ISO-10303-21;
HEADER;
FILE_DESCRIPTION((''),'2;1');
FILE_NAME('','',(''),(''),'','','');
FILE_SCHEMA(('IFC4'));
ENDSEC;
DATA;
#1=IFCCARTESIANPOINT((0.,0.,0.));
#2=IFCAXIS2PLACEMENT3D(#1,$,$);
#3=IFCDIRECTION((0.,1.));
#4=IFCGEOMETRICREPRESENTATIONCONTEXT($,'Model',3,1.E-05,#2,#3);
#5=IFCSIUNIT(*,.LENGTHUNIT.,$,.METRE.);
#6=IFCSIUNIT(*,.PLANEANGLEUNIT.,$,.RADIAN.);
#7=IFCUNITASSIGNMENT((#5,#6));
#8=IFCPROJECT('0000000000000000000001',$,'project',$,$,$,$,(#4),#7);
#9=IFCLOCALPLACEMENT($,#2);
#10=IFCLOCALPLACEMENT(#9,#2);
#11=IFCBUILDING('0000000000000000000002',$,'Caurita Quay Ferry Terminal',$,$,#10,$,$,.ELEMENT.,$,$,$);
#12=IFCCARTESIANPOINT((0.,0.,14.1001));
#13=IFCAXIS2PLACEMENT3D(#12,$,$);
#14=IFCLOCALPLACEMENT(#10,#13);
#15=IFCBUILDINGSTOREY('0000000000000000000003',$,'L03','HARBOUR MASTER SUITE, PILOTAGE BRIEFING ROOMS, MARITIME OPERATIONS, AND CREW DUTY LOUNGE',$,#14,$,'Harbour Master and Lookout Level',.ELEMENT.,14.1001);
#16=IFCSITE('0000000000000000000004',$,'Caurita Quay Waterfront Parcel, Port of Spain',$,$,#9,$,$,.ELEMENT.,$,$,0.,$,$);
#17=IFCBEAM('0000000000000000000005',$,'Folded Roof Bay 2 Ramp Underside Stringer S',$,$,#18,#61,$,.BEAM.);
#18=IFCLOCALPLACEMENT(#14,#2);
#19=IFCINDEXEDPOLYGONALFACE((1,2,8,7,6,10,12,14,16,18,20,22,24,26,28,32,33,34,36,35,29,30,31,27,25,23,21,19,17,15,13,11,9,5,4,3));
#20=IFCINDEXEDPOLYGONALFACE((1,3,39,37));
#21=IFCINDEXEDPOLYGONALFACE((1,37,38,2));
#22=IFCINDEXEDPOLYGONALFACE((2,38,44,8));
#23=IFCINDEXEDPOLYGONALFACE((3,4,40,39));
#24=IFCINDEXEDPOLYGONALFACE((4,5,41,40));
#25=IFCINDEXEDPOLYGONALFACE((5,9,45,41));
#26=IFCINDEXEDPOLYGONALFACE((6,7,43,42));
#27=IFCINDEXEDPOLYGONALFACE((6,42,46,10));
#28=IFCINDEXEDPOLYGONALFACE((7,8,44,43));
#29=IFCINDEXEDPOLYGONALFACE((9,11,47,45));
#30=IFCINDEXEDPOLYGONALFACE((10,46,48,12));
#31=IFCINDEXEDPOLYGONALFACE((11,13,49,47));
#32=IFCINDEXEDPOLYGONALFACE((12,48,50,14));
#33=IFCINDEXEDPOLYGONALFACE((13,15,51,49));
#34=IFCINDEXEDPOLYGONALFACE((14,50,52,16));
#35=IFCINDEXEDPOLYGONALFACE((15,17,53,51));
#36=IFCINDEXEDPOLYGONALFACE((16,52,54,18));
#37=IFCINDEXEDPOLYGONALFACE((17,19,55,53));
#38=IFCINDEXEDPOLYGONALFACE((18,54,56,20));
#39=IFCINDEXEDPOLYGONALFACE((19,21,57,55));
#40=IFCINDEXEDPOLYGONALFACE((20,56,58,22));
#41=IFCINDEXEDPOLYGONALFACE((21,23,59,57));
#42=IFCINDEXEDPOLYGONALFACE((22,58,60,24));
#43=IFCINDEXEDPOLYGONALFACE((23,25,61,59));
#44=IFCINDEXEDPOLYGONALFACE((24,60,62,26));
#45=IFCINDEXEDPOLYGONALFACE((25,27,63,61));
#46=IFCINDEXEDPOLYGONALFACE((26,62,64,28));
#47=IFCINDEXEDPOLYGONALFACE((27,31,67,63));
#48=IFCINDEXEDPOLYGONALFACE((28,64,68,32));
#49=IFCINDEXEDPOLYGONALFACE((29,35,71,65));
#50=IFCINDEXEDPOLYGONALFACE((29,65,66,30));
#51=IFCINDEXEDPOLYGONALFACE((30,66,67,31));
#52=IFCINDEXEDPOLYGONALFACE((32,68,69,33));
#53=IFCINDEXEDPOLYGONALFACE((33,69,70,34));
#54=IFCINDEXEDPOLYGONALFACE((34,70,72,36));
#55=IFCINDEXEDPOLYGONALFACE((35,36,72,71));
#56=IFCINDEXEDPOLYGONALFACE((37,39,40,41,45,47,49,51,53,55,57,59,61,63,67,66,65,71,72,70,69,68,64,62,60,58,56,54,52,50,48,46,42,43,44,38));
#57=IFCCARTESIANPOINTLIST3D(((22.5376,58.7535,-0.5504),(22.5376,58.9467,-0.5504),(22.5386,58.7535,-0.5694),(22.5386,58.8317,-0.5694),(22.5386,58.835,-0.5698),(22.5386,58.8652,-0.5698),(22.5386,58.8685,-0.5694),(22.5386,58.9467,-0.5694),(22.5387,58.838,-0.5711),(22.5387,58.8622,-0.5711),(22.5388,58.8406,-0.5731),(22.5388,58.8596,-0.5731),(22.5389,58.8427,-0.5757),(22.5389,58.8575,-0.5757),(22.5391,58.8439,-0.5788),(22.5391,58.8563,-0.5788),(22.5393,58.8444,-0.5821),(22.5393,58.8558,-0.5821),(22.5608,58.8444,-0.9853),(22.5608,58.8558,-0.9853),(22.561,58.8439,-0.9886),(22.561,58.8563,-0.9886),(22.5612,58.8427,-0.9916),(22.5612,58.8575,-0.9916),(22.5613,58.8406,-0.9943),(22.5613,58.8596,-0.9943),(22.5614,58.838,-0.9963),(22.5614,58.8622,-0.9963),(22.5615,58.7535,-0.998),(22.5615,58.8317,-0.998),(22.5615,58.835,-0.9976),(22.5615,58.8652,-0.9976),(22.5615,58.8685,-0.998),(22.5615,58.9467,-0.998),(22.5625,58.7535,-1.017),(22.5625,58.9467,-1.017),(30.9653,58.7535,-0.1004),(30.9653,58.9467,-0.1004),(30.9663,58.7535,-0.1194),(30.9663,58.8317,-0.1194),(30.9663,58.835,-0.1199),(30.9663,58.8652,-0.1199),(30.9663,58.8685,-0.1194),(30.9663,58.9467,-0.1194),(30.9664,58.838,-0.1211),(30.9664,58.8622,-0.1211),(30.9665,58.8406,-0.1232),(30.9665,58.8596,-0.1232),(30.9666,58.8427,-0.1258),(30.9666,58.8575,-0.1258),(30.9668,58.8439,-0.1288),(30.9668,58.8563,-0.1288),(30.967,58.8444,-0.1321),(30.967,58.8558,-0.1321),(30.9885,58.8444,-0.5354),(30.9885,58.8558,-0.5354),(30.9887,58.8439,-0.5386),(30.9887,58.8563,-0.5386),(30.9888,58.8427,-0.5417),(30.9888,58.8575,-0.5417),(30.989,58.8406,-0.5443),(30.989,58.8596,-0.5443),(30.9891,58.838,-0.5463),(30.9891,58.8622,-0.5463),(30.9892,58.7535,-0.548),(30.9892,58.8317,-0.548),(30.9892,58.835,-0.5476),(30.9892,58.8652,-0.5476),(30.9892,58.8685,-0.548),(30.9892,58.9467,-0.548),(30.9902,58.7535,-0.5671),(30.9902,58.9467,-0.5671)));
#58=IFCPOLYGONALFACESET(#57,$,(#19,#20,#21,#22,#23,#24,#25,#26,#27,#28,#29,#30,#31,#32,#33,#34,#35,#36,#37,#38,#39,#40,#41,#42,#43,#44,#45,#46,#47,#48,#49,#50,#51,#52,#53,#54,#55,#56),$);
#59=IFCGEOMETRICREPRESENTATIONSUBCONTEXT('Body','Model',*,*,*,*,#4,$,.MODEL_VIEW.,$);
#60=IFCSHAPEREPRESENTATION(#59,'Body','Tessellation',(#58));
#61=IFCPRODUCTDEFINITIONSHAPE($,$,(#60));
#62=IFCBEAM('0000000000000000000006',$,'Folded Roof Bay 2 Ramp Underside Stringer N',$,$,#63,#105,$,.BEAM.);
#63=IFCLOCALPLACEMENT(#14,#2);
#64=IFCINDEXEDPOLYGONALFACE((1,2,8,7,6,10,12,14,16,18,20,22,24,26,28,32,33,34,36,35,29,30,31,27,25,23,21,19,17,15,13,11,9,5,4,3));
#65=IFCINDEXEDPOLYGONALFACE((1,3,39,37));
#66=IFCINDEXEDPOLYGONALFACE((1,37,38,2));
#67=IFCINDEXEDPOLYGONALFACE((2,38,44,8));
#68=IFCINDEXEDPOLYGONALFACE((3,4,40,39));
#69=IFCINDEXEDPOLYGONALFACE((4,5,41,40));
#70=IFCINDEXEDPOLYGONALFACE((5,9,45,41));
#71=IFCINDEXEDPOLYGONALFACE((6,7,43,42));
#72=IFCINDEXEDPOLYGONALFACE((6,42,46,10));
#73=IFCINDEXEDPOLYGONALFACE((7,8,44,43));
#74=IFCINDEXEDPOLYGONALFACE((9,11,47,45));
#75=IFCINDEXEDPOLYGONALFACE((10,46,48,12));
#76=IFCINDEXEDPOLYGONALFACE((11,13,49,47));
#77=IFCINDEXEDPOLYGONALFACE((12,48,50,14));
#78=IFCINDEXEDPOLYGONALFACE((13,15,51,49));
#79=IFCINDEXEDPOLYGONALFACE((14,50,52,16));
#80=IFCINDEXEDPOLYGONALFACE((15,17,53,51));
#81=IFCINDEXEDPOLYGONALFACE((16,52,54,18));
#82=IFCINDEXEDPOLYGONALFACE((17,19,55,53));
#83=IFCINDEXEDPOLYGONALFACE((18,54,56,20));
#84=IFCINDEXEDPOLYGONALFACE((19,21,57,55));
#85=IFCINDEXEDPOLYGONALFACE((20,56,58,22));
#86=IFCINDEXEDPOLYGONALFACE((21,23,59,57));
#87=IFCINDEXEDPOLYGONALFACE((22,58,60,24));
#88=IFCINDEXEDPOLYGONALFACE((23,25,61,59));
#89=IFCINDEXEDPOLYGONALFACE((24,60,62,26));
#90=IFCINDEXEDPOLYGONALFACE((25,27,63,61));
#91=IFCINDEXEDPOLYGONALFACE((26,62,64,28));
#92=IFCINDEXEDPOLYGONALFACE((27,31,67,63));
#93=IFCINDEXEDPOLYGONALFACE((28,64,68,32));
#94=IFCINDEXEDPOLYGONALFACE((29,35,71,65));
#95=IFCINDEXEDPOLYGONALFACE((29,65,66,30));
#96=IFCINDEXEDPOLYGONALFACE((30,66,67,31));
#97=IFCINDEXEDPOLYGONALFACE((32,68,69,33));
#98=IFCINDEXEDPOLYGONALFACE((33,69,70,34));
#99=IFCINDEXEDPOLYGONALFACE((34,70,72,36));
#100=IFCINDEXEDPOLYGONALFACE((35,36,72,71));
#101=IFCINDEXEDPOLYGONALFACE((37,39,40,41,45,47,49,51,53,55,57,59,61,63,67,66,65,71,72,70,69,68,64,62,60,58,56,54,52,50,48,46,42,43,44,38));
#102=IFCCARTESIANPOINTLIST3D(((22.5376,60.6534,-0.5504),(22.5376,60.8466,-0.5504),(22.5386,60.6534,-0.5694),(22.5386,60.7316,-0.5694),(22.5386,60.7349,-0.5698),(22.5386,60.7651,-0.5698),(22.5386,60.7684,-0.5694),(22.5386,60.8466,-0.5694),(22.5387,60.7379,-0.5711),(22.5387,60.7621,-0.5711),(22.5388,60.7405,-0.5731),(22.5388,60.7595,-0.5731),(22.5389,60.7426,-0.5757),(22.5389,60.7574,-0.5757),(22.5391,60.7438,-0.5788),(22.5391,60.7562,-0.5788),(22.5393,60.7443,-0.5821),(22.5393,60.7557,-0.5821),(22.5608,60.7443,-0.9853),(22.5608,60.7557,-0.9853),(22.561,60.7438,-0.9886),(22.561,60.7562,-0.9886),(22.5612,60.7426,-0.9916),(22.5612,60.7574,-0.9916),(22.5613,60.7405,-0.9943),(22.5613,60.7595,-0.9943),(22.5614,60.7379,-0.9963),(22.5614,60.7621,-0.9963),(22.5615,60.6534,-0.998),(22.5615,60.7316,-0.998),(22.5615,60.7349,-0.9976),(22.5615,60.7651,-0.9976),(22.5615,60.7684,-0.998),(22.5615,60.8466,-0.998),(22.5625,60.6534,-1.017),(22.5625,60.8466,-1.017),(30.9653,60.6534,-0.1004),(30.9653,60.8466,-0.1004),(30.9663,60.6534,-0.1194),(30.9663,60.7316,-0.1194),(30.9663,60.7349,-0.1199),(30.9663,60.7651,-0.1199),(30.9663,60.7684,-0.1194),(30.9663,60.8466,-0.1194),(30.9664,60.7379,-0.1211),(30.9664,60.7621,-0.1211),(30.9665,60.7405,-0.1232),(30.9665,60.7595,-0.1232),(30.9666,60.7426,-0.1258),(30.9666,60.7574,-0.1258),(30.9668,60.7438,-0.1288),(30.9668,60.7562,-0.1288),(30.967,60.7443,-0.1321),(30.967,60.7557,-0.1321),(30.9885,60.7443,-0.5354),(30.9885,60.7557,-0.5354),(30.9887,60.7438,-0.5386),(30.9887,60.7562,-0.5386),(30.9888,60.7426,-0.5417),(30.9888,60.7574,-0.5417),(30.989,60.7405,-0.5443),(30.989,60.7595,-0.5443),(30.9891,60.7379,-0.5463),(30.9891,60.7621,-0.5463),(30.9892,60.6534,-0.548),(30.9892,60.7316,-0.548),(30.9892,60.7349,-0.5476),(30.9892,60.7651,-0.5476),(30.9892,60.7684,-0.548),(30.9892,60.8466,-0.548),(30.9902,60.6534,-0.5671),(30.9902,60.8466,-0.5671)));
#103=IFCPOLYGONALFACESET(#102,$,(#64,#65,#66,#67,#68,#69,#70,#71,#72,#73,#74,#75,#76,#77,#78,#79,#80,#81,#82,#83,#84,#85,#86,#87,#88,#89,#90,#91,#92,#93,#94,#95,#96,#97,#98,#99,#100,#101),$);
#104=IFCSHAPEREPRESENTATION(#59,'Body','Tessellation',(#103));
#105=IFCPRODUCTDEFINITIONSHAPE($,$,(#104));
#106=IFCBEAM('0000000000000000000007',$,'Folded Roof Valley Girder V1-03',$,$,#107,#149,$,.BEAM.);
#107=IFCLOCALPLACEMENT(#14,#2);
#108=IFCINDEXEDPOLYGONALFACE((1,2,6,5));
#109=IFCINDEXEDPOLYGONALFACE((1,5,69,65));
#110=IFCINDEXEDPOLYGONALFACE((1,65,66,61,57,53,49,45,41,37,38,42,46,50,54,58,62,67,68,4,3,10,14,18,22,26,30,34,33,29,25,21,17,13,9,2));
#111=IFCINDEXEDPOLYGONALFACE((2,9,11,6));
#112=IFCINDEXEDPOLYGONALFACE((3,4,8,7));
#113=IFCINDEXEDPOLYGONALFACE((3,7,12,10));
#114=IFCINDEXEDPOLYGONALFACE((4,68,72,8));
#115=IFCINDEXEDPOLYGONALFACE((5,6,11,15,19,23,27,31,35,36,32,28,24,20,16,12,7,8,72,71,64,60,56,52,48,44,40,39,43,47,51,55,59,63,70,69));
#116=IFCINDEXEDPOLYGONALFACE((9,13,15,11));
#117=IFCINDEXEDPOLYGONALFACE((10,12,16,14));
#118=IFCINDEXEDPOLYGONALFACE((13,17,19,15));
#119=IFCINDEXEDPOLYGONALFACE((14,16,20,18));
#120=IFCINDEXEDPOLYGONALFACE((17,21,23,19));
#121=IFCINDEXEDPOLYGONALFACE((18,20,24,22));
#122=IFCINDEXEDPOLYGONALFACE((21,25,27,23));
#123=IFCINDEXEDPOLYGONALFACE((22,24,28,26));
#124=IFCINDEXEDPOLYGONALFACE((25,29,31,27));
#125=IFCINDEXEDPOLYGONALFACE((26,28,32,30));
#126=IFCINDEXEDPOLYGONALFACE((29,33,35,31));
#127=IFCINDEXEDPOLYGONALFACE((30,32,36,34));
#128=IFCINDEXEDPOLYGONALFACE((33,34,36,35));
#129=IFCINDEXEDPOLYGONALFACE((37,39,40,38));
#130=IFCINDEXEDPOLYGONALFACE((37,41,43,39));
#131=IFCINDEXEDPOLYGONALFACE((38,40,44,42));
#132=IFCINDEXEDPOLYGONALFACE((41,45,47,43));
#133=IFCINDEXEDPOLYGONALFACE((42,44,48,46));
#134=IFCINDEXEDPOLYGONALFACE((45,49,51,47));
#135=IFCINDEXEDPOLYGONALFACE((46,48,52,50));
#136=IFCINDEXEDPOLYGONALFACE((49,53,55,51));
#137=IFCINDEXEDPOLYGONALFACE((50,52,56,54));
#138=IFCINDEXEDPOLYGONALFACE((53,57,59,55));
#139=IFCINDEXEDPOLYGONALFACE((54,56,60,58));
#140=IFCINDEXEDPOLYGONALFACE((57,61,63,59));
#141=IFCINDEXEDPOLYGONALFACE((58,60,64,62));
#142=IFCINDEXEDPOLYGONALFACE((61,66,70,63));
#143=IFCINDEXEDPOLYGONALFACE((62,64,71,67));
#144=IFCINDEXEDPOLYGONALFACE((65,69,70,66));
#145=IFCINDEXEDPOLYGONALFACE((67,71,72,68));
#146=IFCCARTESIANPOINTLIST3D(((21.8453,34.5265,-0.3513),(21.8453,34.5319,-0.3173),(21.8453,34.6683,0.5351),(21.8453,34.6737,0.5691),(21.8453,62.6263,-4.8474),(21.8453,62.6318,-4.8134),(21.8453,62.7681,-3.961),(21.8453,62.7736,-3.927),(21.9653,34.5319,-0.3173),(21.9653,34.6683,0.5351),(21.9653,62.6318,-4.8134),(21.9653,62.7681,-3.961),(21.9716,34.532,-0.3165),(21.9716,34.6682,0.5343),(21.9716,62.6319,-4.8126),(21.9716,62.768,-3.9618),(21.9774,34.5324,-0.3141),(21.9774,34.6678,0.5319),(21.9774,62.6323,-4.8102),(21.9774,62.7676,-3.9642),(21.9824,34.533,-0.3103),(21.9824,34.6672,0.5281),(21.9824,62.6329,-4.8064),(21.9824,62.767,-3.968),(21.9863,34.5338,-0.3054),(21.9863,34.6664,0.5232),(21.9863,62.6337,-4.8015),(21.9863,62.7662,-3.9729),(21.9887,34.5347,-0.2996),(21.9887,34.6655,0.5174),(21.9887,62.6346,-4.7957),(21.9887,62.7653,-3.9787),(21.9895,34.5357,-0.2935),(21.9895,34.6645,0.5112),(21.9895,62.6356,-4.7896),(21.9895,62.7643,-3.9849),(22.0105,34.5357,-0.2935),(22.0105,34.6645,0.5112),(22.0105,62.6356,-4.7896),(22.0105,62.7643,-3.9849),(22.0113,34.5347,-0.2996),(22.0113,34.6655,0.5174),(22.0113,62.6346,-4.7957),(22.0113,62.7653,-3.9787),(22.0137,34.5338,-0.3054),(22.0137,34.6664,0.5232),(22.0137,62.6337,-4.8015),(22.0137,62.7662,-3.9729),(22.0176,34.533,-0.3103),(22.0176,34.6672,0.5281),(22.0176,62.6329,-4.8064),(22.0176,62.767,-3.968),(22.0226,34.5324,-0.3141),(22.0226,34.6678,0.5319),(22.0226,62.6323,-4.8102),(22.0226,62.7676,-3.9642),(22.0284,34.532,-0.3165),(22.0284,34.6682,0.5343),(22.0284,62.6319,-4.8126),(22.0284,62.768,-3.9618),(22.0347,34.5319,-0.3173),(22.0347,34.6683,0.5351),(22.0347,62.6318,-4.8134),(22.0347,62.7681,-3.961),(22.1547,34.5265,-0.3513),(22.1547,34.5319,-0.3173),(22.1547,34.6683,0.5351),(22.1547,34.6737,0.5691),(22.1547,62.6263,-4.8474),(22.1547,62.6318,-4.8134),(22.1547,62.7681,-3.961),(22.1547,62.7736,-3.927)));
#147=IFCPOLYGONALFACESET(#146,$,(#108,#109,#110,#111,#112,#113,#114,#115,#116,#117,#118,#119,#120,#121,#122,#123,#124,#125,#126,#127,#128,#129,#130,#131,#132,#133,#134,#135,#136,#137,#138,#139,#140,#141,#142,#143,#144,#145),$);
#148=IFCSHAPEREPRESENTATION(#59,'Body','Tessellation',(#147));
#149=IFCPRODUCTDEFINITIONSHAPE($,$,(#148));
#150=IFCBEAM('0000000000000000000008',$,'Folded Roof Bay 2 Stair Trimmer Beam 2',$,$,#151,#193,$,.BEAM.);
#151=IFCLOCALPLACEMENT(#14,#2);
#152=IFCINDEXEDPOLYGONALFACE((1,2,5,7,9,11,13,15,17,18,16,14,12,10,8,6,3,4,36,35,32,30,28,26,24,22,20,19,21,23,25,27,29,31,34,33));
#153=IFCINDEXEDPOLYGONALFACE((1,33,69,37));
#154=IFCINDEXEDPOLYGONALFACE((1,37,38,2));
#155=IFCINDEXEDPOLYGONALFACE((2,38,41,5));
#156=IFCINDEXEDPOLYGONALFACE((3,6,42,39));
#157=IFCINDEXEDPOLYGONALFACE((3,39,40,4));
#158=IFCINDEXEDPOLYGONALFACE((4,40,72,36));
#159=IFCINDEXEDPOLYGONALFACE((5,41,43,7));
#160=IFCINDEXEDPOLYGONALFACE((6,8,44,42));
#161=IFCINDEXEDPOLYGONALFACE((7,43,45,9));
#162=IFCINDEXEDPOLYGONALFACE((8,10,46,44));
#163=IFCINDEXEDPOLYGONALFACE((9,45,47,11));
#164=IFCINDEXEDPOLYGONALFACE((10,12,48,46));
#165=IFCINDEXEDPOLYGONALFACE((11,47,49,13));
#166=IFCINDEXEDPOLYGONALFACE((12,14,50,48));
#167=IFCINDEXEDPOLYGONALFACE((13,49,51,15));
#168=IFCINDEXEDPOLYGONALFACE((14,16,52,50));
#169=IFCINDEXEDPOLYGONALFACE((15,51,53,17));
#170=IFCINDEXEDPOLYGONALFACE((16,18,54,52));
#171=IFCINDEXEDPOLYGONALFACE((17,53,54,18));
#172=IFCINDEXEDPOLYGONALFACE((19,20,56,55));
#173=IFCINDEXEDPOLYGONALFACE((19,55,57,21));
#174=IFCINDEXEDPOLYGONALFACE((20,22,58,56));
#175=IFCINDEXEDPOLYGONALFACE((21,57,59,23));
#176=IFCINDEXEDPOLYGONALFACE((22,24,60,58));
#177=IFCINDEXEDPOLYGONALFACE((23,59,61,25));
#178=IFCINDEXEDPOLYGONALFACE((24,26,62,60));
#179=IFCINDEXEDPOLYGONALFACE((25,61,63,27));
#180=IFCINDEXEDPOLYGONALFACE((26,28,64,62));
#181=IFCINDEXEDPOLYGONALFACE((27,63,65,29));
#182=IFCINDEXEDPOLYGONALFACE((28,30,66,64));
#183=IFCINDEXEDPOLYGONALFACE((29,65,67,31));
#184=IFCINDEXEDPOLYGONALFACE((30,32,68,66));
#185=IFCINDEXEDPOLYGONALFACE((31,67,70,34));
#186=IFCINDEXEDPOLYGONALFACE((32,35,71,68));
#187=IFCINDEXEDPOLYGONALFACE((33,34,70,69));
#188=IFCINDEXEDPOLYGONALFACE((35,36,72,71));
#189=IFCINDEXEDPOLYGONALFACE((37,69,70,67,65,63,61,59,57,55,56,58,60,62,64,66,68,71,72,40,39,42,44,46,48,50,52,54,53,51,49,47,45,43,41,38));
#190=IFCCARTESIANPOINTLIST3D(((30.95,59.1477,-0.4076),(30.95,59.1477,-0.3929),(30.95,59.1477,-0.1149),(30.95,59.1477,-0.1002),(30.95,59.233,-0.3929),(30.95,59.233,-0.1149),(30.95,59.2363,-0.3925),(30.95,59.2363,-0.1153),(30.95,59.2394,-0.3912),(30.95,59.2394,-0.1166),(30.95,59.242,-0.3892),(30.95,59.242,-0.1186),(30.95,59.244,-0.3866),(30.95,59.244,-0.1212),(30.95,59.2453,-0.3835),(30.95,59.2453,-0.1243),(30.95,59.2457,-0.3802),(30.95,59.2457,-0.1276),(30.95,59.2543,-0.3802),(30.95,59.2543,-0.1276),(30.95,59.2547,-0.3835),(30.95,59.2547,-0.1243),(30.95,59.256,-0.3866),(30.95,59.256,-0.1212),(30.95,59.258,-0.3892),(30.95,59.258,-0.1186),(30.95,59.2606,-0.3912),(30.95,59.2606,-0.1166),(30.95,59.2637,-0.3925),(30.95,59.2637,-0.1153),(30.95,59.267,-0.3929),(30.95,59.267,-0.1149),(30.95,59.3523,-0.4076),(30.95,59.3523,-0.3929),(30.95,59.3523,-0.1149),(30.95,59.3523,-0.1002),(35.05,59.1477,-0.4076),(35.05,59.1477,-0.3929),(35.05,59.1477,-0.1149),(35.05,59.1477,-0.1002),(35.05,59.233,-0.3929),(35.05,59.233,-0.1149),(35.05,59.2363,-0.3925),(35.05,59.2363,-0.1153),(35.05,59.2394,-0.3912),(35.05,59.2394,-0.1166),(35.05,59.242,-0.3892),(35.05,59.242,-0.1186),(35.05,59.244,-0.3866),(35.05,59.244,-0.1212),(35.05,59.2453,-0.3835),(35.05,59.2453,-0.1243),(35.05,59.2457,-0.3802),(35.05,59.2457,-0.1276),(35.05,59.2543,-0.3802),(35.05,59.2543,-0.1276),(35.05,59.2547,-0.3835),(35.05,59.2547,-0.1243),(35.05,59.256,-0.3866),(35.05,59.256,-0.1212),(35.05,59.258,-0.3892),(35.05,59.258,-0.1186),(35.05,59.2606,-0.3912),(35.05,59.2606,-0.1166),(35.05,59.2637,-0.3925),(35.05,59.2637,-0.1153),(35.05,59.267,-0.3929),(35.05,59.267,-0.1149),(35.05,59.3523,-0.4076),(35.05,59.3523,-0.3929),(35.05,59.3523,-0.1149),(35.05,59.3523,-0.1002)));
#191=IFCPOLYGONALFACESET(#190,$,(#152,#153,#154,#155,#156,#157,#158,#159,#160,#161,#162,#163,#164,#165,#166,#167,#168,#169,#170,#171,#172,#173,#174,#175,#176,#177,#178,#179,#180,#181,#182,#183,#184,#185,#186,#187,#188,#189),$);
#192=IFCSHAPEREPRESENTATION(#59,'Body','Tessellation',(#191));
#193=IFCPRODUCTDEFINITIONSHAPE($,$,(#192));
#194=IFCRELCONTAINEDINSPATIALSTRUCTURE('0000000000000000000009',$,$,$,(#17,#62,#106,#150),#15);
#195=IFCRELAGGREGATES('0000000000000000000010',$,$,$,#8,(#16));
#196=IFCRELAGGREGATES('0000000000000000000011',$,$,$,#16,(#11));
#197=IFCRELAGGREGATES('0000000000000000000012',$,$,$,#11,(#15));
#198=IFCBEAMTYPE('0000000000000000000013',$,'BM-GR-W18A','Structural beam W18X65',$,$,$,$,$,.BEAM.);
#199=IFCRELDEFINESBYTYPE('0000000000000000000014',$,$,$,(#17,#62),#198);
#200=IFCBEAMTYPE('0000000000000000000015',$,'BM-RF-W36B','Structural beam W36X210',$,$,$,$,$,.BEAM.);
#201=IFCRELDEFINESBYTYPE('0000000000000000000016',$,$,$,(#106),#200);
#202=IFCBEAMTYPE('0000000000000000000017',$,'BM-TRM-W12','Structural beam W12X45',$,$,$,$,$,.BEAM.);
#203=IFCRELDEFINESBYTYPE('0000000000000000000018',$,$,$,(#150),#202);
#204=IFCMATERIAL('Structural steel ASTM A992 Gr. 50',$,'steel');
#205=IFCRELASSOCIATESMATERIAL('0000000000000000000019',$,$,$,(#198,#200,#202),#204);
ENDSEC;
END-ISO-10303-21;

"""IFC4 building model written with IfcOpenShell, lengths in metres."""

from ifc_helpers import new_model, si_unit, direction, frame, origin, origin_2d, place, context, subcontext, project, spatial, i_section, extrude, material, material_profile, profile_set, type_object, element, save


model = new_model("IFC4")

# Units and contexts
model_context = context("Model", 3, precision=1e-05, world=origin(), true_north=direction((0.0, 1.0)))
body_context = subcontext(model_context, "Body", "Model", "MODEL_VIEW")
ifc_project = project(units=[si_unit("LENGTHUNIT", "METRE"), si_unit("PLANEANGLEUNIT", "RADIAN")], contexts=[model_context])

# Site, building, storey
site_placement = place(None, origin())
site = spatial("IfcSite", under=ifc_project, at=site_placement, Name="Caurita Quay Waterfront Parcel, Port of Spain", CompositionType="ELEMENT", RefElevation=0.0)
building_placement = place(site_placement, origin())
building = spatial("IfcBuilding", under=site, at=building_placement, Name="Caurita Quay Ferry Terminal", CompositionType="ELEMENT")
storey_placement = place(building_placement, frame((0.0, 0.0, 14.1001)))
storey = spatial("IfcBuildingStorey", under=building, at=storey_placement, Name="L03", Description="HARBOUR MASTER SUITE, PILOTAGE BRIEFING ROOMS, MARITIME OPERATIONS, AND CREW DUTY LOUNGE", LongName="Harbour Master and Lookout Level", CompositionType="ELEMENT", Elevation=14.1001)

# Beams
ifc_material_1 = material(Name="Structural steel ASTM A992 Gr. 50", Category="steel")
ifc_material_profile_1 = material_profile(ifc_material_1, i_section(OverallWidth=0.1931, OverallDepth=0.4673, WebThickness=0.0115, FlangeThickness=0.019, FilletRadius=0.0127, at=origin_2d()), Name="W18X65")
ifc_profile_set_1 = profile_set([ifc_material_profile_1], Name="Structural steel ASTM A992 Gr. 50")
beam_type_1 = type_object("IfcBeamType", Name="BM-GR-W18A", Description="Structural beam W18X65", PredefinedType="BEAM", material=ifc_profile_set_1)
for number, where, z_axis, x_axis, name in (
    (1, (22.55, 58.8501, -0.7837), (0.998578, 0.0, 0.053313), (0.0, 1.0, 0.0), "Folded Roof Bay 2 Ramp Underside Stringer S"),
    (2, (22.55, 60.75, -0.7837), (0.998578, 0.0, 0.053313), (0.0, 1.0, 0.0), "Folded Roof Bay 2 Ramp Underside Stringer N"),
):
    element("IfcBeam", number, at=place(storey_placement, frame(where, z_axis=z_axis, x_axis=x_axis)), inside=storey, type_object=beam_type_1, Name=name, PredefinedType="BEAM", context=body_context, shape_type="SweptSolid", body=[
        extrude(i_section(OverallWidth=0.1931, OverallDepth=0.4673, WebThickness=0.0115, FlangeThickness=0.019, FilletRadius=0.0127, at=origin_2d()), origin(), (0.0, 0.0, 1.0), 8.4397),
    ])
ifc_material_profile_2 = material_profile(ifc_material_1, i_section(OverallWidth=0.3093, OverallDepth=0.9321, WebThickness=0.021, FlangeThickness=0.0344, FilletRadius=0.0242, at=origin_2d()), Name="W36X210")
ifc_profile_set_2 = profile_set([ifc_material_profile_2], Name="Structural steel ASTM A992 Gr. 50")
beam_type_2 = type_object("IfcBeamType", Name="BM-RF-W36B", Description="Structural beam W36X210", PredefinedType="BEAM", material=ifc_profile_set_2)
beam_placement = place(storey_placement, frame((22.0, 62.7, -4.3872), z_axis=(0.0, -0.98744, 0.157995), x_axis=(1.0, 0.0, 0.0)))
element("IfcBeam", 3, at=beam_placement, inside=storey, type_object=beam_type_2, Name="Folded Roof Valley Girder V1-03", PredefinedType="BEAM", context=body_context, shape_type="SweptSolid", body=[
    extrude(i_section(OverallWidth=0.3093, OverallDepth=0.9321, WebThickness=0.021, FlangeThickness=0.0344, FilletRadius=0.0242, at=origin_2d()), origin(), (0.0, 0.0, 1.0), 28.4573),
])
ifc_material_profile_3 = material_profile(ifc_material_1, i_section(OverallWidth=0.2046, OverallDepth=0.3074, WebThickness=0.0085, FlangeThickness=0.0146, FilletRadius=0.0127, at=origin_2d()), Name="W12X45")
ifc_profile_set_3 = profile_set([ifc_material_profile_3], Name="Structural steel ASTM A992 Gr. 50")
beam_type_3 = type_object("IfcBeamType", Name="BM-TRM-W12", Description="Structural beam W12X45", PredefinedType="BEAM", material=ifc_profile_set_3)
for number, where, z_axis, x_axis, name in (
    (4, (30.95, 59.25, -0.2539), (1.0, 0.0, 0.0), (0.0, 1.0, 0.0), "Folded Roof Bay 2 Stair Trimmer Beam 2"),
):
    element("IfcBeam", number, at=place(storey_placement, frame(where, z_axis=z_axis, x_axis=x_axis)), inside=storey, type_object=beam_type_3, Name=name, PredefinedType="BEAM", context=body_context, shape_type="SweptSolid", body=[
        extrude(i_section(OverallWidth=0.2046, OverallDepth=0.3074, WebThickness=0.0085, FlangeThickness=0.0146, FilletRadius=0.0127, at=origin_2d()), origin(), (0.0, 0.0, 1.0), 4.1001),
    ])

save(model, "model.ifc")
